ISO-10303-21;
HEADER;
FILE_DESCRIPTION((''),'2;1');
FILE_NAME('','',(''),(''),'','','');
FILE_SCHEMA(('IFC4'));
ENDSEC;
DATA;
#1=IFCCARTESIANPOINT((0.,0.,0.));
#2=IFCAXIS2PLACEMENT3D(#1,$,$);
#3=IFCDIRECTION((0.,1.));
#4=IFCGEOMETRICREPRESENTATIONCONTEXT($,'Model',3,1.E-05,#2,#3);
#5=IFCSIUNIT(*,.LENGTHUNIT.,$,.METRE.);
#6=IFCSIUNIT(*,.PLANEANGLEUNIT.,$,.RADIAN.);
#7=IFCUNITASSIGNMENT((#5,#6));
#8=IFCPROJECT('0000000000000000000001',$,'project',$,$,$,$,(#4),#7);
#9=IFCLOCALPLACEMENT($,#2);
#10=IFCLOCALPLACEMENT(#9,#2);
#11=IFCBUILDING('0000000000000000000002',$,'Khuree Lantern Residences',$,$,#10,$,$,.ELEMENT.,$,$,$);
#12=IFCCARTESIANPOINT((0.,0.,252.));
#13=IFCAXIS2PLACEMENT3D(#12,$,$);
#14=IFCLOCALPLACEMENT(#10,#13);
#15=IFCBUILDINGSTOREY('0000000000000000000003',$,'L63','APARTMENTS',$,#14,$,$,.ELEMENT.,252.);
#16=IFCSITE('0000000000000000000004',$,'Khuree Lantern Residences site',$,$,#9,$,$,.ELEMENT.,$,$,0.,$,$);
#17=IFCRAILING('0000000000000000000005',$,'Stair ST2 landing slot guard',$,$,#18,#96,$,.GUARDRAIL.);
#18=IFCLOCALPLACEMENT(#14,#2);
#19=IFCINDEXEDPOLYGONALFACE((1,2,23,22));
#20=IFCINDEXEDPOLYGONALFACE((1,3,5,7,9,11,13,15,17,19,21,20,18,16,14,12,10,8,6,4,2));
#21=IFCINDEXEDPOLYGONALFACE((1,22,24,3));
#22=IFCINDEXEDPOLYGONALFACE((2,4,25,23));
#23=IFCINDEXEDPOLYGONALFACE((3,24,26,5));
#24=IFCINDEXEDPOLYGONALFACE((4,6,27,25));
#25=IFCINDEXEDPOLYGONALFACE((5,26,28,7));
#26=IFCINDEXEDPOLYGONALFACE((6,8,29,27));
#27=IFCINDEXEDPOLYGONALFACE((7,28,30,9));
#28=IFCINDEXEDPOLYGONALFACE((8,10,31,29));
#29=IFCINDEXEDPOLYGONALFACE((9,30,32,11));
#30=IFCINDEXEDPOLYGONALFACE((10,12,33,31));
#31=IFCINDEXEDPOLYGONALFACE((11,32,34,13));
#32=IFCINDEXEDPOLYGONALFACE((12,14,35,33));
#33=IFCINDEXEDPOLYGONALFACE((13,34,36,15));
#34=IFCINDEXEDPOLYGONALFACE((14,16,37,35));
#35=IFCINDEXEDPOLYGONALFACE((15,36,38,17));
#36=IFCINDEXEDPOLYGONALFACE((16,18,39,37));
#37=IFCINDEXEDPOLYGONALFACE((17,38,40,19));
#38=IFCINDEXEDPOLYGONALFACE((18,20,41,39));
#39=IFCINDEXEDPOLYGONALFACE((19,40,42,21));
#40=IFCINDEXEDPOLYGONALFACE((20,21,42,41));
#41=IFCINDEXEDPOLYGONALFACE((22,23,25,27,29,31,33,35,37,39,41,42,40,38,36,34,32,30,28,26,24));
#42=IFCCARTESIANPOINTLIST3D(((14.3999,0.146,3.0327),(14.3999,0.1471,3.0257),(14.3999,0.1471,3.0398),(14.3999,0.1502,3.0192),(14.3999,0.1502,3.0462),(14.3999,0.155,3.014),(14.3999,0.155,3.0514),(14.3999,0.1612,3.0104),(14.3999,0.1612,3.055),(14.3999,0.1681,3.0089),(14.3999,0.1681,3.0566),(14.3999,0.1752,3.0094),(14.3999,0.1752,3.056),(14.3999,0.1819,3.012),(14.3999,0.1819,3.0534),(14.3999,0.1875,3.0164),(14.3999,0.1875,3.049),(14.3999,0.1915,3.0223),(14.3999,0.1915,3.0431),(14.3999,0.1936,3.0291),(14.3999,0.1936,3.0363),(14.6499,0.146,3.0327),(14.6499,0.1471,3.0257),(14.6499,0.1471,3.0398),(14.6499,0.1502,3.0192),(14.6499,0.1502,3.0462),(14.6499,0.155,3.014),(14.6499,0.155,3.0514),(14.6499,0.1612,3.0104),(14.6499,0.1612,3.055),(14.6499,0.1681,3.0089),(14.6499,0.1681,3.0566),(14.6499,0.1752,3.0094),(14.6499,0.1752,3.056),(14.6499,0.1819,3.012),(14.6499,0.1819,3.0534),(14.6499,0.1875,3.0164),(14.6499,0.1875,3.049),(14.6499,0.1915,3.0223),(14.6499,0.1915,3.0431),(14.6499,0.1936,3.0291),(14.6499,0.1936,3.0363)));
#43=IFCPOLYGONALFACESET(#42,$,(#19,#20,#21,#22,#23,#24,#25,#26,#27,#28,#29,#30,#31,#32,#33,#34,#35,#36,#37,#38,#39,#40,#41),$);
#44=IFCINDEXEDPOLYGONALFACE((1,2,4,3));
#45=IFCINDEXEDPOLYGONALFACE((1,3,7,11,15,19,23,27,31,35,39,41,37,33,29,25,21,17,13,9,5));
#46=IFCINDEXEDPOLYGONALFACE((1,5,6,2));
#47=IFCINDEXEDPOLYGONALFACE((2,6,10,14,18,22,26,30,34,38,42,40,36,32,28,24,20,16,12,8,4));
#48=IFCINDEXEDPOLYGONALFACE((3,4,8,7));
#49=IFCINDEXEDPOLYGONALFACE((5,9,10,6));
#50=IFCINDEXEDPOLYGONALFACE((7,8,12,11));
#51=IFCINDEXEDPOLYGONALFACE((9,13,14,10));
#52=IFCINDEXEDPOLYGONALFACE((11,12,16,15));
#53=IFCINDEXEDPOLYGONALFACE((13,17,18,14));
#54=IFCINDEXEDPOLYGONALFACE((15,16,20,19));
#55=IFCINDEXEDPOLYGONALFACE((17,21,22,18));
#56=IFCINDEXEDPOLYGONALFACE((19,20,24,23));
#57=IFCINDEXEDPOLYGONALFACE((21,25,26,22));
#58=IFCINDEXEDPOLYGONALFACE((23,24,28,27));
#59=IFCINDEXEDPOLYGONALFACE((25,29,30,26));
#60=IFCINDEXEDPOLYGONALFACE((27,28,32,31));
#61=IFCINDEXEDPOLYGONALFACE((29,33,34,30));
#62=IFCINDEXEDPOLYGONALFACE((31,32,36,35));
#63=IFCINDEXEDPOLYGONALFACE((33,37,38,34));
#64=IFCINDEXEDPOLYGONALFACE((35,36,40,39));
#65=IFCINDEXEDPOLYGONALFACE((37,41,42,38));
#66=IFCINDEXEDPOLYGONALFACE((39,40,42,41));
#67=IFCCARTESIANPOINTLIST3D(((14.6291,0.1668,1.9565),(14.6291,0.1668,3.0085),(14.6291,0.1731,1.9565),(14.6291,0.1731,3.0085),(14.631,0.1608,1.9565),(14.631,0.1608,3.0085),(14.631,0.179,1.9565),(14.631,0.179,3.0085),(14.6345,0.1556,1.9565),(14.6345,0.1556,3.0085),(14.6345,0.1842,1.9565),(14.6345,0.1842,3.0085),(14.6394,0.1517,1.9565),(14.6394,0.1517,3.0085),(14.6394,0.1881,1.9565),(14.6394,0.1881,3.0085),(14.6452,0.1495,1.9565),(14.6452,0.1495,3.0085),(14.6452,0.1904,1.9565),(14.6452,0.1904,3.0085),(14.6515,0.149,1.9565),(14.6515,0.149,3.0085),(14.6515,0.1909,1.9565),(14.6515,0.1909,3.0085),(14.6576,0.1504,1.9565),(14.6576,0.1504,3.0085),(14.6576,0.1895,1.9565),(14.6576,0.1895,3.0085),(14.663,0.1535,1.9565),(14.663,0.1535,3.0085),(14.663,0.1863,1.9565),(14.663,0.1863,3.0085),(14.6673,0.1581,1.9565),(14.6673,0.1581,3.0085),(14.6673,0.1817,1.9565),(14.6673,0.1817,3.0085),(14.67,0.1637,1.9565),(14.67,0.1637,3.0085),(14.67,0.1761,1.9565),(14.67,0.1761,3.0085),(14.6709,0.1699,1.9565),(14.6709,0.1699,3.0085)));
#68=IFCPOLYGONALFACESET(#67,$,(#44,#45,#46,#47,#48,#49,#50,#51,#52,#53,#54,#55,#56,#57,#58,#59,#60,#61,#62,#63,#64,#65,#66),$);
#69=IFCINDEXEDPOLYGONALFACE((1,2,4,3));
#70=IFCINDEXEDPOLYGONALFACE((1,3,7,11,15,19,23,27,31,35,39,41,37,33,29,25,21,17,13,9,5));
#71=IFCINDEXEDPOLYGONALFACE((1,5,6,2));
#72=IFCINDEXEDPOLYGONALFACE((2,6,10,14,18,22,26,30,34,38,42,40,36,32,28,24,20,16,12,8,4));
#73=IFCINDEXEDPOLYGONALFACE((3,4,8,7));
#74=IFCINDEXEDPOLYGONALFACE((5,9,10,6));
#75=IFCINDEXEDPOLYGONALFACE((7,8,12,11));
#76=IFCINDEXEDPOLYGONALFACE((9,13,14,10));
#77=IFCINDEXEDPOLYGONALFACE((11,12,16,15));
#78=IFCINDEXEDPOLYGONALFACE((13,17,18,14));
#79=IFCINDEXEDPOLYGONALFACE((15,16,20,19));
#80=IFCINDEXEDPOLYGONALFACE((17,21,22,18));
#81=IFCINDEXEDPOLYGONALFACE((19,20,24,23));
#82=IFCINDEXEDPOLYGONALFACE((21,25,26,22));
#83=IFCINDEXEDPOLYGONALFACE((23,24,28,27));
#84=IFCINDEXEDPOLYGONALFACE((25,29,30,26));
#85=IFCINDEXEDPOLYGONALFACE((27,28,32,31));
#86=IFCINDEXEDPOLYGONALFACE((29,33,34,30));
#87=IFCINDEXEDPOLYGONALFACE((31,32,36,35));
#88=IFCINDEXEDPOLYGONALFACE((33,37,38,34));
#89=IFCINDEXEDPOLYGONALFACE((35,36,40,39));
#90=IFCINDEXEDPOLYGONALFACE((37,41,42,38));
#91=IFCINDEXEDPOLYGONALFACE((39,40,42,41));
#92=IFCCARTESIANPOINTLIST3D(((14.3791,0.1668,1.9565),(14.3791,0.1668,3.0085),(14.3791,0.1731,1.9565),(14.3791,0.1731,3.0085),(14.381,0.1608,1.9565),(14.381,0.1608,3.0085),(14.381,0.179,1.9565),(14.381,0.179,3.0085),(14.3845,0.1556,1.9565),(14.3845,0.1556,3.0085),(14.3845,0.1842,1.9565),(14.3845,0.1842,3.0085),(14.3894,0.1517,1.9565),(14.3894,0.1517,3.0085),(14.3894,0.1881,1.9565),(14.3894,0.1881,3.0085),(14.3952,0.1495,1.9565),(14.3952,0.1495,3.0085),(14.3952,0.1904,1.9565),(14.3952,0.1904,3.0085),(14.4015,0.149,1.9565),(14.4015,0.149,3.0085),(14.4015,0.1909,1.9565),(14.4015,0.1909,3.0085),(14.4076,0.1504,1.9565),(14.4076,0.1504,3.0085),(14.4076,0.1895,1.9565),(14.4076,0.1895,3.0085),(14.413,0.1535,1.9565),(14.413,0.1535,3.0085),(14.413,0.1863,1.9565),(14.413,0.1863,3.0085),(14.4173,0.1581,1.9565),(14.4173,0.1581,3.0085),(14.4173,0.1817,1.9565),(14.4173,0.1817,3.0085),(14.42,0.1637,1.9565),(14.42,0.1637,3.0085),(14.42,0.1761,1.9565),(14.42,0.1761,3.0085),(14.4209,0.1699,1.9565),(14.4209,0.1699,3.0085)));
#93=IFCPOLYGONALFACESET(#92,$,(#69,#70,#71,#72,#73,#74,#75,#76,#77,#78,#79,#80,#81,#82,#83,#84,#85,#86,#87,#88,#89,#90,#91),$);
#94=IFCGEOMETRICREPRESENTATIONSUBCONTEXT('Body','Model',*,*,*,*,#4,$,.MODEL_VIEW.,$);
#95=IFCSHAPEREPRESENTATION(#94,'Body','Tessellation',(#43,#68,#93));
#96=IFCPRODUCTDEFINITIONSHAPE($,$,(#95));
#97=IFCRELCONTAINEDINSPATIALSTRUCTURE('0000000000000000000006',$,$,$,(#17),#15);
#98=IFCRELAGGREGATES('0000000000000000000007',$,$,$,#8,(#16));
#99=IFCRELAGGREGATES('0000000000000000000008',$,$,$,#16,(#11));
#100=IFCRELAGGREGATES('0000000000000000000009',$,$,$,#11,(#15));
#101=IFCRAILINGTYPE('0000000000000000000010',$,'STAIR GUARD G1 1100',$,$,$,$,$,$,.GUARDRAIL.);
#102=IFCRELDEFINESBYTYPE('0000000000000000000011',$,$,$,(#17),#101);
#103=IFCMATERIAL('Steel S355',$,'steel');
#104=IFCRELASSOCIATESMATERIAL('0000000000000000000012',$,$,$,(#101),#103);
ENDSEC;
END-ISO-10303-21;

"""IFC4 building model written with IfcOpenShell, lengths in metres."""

from ifc_helpers import new_model, si_unit, direction, frame, origin, origin_2d, place, context, subcontext, project, spatial, circle, extrude, material, type_object, element, save


model = new_model("IFC4")

# Units and contexts
model_context = context("Model", 3, precision=1e-05, world=origin(), true_north=direction((0.0, 1.0)))
body_context = subcontext(model_context, "Body", "Model", "MODEL_VIEW")
ifc_project = project(units=[si_unit("LENGTHUNIT", "METRE"), si_unit("PLANEANGLEUNIT", "RADIAN")], contexts=[model_context])

# Site, building, storey
site_placement = place(None, origin())
site = spatial("IfcSite", under=ifc_project, at=site_placement, Name="Khuree Lantern Residences site", CompositionType="ELEMENT", RefElevation=0.0)
building_placement = place(site_placement, origin())
building = spatial("IfcBuilding", under=site, at=building_placement, Name="Khuree Lantern Residences", CompositionType="ELEMENT")
storey_placement = place(building_placement, frame((0.0, 0.0, 252.0)))
storey = spatial("IfcBuildingStorey", under=building, at=storey_placement, Name="L63", Description="APARTMENTS", CompositionType="ELEMENT", Elevation=252.0)

# Railing
ifc_material_1 = material(Name="Steel S355", Category="steel")
railing_type = type_object("IfcRailingType", Name="STAIR GUARD G1 1100", PredefinedType="GUARDRAIL", material=ifc_material_1)
railing_placement = place(storey_placement, frame((14.6499, 0.1699, 1.9565)))
element("IfcRailing", 1, at=railing_placement, inside=storey, type_object=railing_type, Name="Stair ST2 landing slot guard", PredefinedType="GUARDRAIL", context=body_context, shape_type="SweptSolid", body=[
    extrude(circle(Radius=0.0239, at=origin_2d()), frame((0.0, 0.0, 1.0762), z_axis=(-1.0, 0.0, 0.0), x_axis=(0.0, -1.0, 0.0)), (0.0, 0.0, 1.0), 0.25),
    extrude(circle(Radius=0.021, at=origin_2d()), origin(), (0.0, 0.0, 1.0), 1.052),
    extrude(circle(Radius=0.021, at=origin_2d()), frame((-0.25, 0.0, 0.0)), (0.0, 0.0, 1.0), 1.052),
])

save(model, "model.ifc")
